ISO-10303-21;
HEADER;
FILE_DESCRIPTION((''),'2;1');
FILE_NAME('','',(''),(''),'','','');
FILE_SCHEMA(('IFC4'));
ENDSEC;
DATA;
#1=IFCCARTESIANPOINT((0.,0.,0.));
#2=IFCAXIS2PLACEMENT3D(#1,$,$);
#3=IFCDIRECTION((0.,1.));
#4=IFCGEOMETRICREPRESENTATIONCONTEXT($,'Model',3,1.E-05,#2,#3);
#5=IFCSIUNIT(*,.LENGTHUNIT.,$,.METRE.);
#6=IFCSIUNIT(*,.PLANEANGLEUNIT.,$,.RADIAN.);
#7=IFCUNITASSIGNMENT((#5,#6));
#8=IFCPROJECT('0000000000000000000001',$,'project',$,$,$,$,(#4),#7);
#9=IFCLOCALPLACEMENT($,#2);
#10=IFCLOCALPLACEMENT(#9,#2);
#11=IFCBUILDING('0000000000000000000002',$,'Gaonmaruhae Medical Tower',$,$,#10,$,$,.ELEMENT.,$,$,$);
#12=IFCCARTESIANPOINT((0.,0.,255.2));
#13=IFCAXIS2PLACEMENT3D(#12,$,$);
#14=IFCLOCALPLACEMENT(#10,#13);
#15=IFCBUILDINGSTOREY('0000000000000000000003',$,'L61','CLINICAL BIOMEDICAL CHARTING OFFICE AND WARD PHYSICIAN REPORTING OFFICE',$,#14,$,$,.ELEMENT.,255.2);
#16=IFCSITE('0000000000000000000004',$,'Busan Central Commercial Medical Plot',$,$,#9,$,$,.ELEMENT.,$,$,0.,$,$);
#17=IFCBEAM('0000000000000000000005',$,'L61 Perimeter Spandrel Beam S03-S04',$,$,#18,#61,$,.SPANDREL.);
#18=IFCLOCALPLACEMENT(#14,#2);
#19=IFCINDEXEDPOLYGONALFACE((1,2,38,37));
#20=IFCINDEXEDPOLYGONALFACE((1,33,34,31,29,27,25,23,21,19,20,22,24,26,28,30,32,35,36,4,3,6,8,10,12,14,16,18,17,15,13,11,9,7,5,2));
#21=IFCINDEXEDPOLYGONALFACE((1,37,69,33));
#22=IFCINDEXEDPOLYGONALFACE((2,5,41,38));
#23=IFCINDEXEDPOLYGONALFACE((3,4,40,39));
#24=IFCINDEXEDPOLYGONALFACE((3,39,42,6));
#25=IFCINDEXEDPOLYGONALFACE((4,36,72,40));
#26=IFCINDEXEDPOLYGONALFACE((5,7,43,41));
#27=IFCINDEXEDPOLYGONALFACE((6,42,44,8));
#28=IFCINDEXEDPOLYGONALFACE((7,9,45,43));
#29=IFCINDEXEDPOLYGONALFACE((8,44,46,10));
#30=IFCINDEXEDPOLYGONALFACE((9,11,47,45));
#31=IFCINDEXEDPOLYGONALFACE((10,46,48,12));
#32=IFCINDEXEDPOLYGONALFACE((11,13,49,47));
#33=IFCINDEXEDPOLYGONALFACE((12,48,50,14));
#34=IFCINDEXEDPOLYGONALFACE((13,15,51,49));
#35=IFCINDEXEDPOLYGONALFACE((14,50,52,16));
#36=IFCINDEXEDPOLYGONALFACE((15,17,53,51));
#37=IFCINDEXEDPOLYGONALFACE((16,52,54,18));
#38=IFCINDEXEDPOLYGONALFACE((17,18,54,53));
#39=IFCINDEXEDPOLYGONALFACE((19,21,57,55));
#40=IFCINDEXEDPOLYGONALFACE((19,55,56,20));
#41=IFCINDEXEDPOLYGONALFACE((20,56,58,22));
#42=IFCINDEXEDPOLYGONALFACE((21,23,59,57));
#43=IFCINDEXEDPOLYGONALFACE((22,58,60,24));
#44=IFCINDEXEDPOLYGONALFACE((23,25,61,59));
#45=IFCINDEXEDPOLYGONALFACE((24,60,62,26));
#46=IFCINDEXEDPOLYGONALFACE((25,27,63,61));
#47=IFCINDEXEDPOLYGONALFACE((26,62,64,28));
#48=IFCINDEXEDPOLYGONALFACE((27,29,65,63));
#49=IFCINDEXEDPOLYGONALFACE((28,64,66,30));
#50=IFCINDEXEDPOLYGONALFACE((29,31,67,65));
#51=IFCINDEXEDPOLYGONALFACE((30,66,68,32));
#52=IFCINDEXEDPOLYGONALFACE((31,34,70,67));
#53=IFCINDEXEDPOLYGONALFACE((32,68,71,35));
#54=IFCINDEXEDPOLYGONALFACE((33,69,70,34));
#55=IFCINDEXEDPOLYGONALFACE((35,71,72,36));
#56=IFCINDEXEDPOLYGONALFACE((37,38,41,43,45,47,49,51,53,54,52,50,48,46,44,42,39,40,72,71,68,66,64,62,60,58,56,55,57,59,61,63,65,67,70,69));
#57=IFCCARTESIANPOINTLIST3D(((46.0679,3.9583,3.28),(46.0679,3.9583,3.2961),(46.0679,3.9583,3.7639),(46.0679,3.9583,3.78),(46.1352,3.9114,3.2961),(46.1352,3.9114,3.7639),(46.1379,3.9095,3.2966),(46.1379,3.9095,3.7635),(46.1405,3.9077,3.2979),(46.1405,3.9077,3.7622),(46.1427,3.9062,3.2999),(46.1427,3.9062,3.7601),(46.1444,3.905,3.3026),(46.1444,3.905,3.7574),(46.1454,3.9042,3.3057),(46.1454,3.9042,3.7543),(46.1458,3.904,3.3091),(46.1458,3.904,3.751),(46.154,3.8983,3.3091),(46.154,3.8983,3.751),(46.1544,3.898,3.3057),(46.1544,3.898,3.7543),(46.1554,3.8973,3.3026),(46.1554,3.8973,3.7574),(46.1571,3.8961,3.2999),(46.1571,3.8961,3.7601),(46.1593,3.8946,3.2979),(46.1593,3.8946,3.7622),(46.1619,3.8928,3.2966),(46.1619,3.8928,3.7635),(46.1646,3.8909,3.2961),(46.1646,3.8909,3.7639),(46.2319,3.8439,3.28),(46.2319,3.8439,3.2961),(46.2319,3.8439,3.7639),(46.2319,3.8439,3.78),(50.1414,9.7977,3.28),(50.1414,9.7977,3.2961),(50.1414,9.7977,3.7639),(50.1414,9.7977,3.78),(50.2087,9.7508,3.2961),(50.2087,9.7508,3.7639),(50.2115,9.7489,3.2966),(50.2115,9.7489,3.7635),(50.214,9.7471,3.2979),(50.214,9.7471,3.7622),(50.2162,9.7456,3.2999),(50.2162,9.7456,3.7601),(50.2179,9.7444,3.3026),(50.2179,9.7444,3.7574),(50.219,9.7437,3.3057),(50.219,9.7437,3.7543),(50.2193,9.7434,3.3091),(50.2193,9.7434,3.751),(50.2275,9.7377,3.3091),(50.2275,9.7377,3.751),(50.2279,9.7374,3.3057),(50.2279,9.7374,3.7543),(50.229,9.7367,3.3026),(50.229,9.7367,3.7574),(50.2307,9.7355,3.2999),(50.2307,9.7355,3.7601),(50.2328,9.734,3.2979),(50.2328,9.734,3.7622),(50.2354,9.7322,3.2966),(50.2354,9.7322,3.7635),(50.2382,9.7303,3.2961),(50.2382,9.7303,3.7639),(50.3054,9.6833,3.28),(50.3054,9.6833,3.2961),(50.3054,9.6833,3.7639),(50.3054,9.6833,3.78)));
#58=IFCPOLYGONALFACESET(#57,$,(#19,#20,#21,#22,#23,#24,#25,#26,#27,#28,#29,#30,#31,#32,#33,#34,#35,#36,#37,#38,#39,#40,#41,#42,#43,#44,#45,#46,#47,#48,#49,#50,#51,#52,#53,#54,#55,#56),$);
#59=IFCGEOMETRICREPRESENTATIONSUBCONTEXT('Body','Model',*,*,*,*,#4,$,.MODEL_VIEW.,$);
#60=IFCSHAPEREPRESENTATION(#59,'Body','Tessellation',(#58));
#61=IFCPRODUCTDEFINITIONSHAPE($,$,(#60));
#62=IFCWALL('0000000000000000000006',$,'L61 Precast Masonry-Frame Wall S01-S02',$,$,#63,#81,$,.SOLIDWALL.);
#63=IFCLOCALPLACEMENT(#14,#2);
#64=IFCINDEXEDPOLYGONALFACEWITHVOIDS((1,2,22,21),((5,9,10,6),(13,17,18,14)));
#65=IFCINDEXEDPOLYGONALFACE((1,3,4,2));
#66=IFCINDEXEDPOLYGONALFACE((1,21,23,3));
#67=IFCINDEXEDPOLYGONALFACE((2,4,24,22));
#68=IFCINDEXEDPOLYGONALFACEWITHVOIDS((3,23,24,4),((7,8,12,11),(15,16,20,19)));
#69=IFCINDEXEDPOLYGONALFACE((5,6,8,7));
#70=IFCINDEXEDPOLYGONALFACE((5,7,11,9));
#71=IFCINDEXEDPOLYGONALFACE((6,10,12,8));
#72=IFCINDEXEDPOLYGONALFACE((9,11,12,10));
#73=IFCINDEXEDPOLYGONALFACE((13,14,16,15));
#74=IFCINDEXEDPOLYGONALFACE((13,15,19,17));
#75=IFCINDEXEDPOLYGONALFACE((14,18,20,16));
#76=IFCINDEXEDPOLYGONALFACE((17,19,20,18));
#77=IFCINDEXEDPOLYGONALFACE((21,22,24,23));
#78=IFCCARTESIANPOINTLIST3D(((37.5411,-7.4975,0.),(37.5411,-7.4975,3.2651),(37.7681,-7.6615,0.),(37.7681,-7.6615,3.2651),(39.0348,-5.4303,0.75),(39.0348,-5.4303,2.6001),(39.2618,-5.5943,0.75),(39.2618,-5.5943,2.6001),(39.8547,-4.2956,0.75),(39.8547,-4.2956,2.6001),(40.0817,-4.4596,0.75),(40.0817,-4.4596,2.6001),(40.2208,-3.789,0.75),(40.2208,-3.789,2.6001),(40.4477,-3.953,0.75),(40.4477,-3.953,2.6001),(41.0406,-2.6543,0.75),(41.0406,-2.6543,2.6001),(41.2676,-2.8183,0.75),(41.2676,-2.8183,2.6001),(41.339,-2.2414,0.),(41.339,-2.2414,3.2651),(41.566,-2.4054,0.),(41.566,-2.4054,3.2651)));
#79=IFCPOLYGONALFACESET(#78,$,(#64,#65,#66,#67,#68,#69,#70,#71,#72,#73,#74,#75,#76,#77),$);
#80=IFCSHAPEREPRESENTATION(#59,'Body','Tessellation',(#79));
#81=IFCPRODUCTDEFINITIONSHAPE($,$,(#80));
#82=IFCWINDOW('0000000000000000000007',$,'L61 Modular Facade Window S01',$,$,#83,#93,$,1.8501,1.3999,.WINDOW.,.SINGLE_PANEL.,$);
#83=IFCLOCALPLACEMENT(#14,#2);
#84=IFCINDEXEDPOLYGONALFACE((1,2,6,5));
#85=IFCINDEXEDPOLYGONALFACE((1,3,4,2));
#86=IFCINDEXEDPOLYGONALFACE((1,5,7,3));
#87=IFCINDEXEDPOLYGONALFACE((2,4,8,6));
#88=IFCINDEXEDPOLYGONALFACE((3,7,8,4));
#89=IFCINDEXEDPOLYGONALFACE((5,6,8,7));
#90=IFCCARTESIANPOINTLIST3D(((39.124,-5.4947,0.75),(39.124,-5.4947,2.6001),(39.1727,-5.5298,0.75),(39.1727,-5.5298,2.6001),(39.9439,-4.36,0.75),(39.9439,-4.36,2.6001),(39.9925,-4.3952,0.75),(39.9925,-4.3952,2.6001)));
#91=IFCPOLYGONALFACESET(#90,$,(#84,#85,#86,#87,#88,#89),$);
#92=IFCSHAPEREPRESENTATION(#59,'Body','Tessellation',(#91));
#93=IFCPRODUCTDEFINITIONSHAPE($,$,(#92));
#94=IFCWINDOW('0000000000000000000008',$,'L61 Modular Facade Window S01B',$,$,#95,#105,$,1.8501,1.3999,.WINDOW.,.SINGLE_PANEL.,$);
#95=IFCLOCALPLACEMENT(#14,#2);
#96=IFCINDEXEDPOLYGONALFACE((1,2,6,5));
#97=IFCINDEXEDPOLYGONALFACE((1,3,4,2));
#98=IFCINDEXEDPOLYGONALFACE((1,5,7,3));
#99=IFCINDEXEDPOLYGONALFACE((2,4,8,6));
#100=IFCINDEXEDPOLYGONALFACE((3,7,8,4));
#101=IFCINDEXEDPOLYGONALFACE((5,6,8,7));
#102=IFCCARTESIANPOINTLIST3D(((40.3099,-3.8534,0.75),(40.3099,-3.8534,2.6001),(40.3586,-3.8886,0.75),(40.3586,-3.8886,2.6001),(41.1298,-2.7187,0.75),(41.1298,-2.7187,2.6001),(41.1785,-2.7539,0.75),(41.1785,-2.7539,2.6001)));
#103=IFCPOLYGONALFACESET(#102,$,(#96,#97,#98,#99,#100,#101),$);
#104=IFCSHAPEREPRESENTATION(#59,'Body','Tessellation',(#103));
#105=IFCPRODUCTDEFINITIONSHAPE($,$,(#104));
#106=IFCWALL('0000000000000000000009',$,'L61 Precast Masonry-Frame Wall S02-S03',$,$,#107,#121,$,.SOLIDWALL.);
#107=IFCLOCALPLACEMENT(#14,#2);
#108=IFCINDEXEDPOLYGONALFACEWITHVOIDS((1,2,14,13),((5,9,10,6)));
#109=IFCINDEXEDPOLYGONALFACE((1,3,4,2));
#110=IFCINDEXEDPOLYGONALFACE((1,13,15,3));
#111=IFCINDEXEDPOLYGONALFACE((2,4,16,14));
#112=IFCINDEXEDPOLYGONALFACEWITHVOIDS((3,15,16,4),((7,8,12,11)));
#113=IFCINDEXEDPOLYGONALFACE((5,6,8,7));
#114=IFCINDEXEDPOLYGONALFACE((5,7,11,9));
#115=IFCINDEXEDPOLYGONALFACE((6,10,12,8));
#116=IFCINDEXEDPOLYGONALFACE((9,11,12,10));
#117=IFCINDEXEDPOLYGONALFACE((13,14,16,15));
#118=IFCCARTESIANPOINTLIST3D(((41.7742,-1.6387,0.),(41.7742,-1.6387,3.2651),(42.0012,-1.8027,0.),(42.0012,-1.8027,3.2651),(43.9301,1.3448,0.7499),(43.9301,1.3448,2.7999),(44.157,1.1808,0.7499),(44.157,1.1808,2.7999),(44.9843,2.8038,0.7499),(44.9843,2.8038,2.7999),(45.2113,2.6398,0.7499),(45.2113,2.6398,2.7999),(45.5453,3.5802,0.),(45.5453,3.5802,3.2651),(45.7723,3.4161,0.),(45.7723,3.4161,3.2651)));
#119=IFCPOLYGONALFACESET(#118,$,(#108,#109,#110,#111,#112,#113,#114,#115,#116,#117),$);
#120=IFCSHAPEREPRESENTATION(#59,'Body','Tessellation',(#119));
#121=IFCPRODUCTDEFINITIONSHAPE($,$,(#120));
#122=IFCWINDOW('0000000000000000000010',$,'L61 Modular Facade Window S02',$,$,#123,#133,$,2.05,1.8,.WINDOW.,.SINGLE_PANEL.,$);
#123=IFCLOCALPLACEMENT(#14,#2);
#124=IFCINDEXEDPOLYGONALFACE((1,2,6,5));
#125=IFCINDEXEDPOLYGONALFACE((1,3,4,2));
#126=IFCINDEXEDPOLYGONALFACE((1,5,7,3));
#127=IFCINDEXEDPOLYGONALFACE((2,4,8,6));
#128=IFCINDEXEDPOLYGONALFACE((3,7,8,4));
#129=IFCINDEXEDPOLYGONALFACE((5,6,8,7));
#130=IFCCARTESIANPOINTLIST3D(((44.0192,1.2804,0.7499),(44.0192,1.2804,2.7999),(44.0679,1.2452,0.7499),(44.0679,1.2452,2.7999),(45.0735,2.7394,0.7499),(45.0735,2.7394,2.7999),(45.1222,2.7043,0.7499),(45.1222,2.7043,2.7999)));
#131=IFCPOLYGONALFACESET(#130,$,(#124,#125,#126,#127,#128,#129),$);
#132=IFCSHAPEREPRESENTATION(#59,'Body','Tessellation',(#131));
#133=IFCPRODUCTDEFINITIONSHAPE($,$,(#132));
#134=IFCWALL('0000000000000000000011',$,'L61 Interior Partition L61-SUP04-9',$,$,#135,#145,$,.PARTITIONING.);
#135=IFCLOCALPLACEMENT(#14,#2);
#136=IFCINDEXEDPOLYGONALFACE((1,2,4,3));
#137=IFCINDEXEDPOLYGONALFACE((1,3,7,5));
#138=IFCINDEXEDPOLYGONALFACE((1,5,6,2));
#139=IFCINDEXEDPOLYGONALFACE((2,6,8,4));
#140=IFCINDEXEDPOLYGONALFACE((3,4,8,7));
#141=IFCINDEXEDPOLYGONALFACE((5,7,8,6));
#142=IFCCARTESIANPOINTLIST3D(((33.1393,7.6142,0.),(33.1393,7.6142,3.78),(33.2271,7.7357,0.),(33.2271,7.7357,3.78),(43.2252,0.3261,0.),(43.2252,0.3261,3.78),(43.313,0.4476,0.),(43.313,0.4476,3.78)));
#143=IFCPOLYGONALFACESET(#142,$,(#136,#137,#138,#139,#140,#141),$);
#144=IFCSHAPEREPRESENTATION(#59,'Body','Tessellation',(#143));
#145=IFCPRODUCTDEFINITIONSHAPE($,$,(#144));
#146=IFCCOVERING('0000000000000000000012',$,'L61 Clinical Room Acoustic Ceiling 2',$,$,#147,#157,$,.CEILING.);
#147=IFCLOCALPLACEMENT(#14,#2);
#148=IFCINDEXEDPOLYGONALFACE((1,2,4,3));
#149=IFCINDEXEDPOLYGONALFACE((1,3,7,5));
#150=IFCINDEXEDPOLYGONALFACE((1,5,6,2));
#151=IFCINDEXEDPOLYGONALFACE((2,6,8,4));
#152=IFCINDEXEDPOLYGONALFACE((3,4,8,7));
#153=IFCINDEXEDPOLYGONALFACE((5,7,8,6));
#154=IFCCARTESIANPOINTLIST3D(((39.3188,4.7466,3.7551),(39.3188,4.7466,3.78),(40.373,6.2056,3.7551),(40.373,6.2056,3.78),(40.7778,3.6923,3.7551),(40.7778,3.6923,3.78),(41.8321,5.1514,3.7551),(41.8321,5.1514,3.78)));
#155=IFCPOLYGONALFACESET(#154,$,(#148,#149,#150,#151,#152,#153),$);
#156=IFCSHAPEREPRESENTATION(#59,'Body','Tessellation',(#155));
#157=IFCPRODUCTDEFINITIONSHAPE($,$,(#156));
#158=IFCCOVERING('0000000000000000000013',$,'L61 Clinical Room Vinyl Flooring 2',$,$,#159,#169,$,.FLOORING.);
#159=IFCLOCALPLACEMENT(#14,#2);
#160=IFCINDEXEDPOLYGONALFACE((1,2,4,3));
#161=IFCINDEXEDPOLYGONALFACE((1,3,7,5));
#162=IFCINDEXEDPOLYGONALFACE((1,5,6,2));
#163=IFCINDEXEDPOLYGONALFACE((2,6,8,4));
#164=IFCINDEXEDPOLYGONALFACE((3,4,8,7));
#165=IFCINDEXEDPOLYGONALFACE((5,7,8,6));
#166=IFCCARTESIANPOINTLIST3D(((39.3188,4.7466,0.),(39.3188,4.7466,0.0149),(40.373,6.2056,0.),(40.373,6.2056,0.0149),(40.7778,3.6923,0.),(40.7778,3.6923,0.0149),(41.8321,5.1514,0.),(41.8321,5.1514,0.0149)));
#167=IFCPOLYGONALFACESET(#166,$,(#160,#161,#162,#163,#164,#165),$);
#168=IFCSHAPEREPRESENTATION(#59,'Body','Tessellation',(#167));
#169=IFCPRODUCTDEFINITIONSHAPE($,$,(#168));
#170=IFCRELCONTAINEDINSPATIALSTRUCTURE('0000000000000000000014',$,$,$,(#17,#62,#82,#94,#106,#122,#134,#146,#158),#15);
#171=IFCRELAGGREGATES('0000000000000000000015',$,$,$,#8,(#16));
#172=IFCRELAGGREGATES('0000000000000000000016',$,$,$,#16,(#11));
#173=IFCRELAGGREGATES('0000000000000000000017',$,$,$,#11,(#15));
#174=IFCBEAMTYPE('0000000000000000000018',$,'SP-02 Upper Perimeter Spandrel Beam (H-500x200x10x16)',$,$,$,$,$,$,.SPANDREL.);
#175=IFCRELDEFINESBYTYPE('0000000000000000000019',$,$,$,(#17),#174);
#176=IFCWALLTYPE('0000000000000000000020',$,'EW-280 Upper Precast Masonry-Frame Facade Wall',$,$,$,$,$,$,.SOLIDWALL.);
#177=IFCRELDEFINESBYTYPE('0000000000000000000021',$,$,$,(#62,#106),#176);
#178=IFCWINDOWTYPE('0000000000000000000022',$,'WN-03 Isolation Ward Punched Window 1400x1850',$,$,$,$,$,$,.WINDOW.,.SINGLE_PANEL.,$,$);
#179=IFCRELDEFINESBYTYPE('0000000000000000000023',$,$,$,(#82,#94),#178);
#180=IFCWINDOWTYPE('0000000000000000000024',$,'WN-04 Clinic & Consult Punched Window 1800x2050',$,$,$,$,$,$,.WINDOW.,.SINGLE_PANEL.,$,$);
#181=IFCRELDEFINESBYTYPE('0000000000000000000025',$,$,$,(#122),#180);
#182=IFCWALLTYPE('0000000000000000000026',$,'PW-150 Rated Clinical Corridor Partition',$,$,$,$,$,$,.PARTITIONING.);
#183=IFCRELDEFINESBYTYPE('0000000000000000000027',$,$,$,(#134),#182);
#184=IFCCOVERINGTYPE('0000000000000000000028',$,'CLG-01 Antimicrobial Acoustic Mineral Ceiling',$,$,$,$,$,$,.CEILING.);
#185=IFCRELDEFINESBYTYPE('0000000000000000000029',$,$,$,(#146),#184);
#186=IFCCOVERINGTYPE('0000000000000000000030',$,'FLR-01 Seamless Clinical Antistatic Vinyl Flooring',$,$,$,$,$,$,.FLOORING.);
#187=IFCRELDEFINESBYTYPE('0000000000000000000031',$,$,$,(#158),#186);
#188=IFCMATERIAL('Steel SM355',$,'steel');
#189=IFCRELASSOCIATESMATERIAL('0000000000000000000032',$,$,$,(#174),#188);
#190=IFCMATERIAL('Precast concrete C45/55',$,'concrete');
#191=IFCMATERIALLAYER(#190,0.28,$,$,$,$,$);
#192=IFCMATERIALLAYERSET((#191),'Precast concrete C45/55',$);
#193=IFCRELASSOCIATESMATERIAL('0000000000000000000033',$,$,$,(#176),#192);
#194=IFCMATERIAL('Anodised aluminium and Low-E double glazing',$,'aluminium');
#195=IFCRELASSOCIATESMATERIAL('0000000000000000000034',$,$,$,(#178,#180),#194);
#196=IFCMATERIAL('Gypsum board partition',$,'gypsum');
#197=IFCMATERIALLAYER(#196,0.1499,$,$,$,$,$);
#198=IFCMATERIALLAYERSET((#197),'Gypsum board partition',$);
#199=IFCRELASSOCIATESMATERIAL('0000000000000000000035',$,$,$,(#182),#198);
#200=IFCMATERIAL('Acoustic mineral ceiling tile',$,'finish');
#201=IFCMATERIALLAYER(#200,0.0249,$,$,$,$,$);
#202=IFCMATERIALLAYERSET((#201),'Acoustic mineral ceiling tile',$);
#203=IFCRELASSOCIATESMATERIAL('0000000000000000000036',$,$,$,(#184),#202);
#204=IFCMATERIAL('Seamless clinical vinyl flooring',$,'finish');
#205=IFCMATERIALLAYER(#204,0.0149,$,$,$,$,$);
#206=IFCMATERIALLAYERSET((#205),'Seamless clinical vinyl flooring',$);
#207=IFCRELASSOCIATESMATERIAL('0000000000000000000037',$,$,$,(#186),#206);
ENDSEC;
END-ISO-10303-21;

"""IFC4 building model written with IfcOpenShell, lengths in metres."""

from ifc_helpers import new_model, si_unit, direction, frame, frame_2d, origin, origin_2d, place, context, subcontext, project, spatial, rectangle, i_section, extrude, material, layer, layer_set, material_profile, profile_set, type_object, element, fill, save


model = new_model("IFC4")

# Units and contexts
model_context = context("Model", 3, precision=1e-05, world=origin(), true_north=direction((0.0, 1.0)))
body_context = subcontext(model_context, "Body", "Model", "MODEL_VIEW")
ifc_project = project(units=[si_unit("LENGTHUNIT", "METRE"), si_unit("PLANEANGLEUNIT", "RADIAN")], contexts=[model_context])

# Site, building, storey
site_placement = place(None, origin())
site = spatial("IfcSite", under=ifc_project, at=site_placement, Name="Busan Central Commercial Medical Plot", CompositionType="ELEMENT", RefElevation=0.0)
building_placement = place(site_placement, origin())
building = spatial("IfcBuilding", under=site, at=building_placement, Name="Gaonmaruhae Medical Tower", CompositionType="ELEMENT")
storey_placement = place(building_placement, frame((0.0, 0.0, 255.2)))
storey = spatial("IfcBuildingStorey", under=building, at=storey_placement, Name="L61", Description="CLINICAL BIOMEDICAL CHARTING OFFICE AND WARD PHYSICIAN REPORTING OFFICE", CompositionType="ELEMENT", Elevation=255.2)

# Beam
ifc_material_1 = material(Name="Steel SM355", Category="steel")
ifc_material_profile_1 = material_profile(ifc_material_1, i_section(OverallWidth=0.2, OverallDepth=0.5, WebThickness=0.01, FlangeThickness=0.0161, FilletRadius=0.0129, at=origin_2d()), Name="H-500x200x10x16")
ifc_profile_set_1 = profile_set([ifc_material_profile_1], Name="Steel SM355")
beam_type_1 = type_object("IfcBeamType", Name="SP-02 Upper Perimeter Spandrel Beam (H-500x200x10x16)", PredefinedType="SPANDREL", material=ifc_profile_set_1)
beam_1_placement = place(storey_placement, frame((46.1499, 3.9011, 3.53), z_axis=(0.572136, 0.820159, 0.0), x_axis=(-0.820159, 0.572136, 0.0)))
element("IfcBeam", 1, at=beam_1_placement, inside=storey, type_object=beam_type_1, Name="L61 Perimeter Spandrel Beam S03-S04", PredefinedType="SPANDREL", context=body_context, shape_type="SweptSolid", body=[
    extrude(i_section(OverallWidth=0.2, OverallDepth=0.5, WebThickness=0.01, FlangeThickness=0.0161, FilletRadius=0.0129, at=origin_2d()), origin(), (0.0, 0.0, 1.0), 7.1199),
])

# Wall, openings, windows
ifc_material_2 = material(Name="Precast concrete C45/55", Category="concrete")
ifc_layer_1 = layer(ifc_material_2, 0.28)
ifc_layer_set_1 = layer_set([ifc_layer_1], Name="Precast concrete C45/55")
wall_type_1 = type_object("IfcWallType", Name="EW-280 Upper Precast Masonry-Frame Facade Wall", PredefinedType="SOLIDWALL", material=ifc_layer_set_1)
wall_1_placement = place(storey_placement, frame((41.4524, -2.3235, 0.0), z_axis=(0.0, 0.0, 1.0), x_axis=(-0.585671, -0.810549, 0.0)))
wall_1 = element("IfcWall", 2, at=wall_1_placement, inside=storey, type_object=wall_type_1, Name="L61 Precast Masonry-Frame Wall S01-S02", PredefinedType="SOLIDWALL", context=body_context, shape_type="SweptSolid", body=[
    extrude(rectangle(XDim=6.4846, YDim=0.28, at=frame_2d((3.2422, 0.0))), origin(), (0.0, 0.0, 1.0), 3.2651),
])
opening_1_placement = place(wall_1_placement, frame((2.5342, 0.0, 0.75)))
opening_1 = element("IfcOpeningElement", 3, at=opening_1_placement, cuts=wall_1, PredefinedType="OPENING", context=body_context, shape_type="SweptSolid", body=[
    extrude(rectangle(XDim=1.3999, YDim=1.8501, at=frame_2d((0.7, 0.925))), frame((0.0, 0.1499, 0.0), z_axis=(0.0, -1.0, 0.0), x_axis=(1.0, 0.0, 0.0)), (0.0, 0.0, 1.0), 0.3),
])
opening_2_placement = place(wall_1_placement, frame((0.5093, 0.0, 0.75)))
opening_2 = element("IfcOpeningElement", 4, at=opening_2_placement, cuts=wall_1, PredefinedType="OPENING", context=body_context, shape_type="SweptSolid", body=[
    extrude(rectangle(XDim=1.3999, YDim=1.8501, at=frame_2d((0.7, 0.925))), frame((0.0, 0.1499, 0.0), z_axis=(0.0, -1.0, 0.0), x_axis=(1.0, 0.0, 0.0)), (0.0, 0.0, 1.0), 0.3),
])
ifc_material_3 = material(Name="Anodised aluminium and Low-E double glazing", Category="aluminium")
window_type_1 = type_object("IfcWindowType", Name="WN-03 Isolation Ward Punched Window 1400x1850", PartitioningType="SINGLE_PANEL", PredefinedType="WINDOW", material=ifc_material_3)
window_1_placement = place(opening_1_placement, origin())
window_1 = element("IfcWindow", 5, at=window_1_placement, inside=storey, type_object=window_type_1, Name="L61 Modular Facade Window S01", OverallHeight=1.8501, OverallWidth=1.3999, PartitioningType="SINGLE_PANEL", PredefinedType="WINDOW", context=body_context, shape_type="SweptSolid", body=[
    extrude(rectangle(XDim=1.3999, YDim=1.8501, at=frame_2d((0.7, 0.925))), frame((0.0, 0.03, 0.0), z_axis=(0.0, -1.0, 0.0), x_axis=(1.0, 0.0, 0.0)), (0.0, 0.0, 1.0), 0.0601),
])
fill(opening_1, window_1)
window_2_placement = place(opening_2_placement, origin())
window_2 = element("IfcWindow", 6, at=window_2_placement, inside=storey, type_object=window_type_1, Name="L61 Modular Facade Window S01B", OverallHeight=1.8501, OverallWidth=1.3999, PartitioningType="SINGLE_PANEL", PredefinedType="WINDOW", context=body_context, shape_type="SweptSolid", body=[
    extrude(rectangle(XDim=1.3999, YDim=1.8501, at=frame_2d((0.7, 0.925))), frame((0.0, 0.03, 0.0), z_axis=(0.0, -1.0, 0.0), x_axis=(1.0, 0.0, 0.0)), (0.0, 0.0, 1.0), 0.0601),
])
fill(opening_2, window_2)

# Wall, opening, window
wall_2_placement = place(storey_placement, frame((45.6587, 3.498, 0.0), z_axis=(0.0, 0.0, 1.0), x_axis=(-0.585684, -0.810539, 0.0)))
wall_2 = element("IfcWall", 7, at=wall_2_placement, inside=storey, type_object=wall_type_1, Name="L61 Precast Masonry-Frame Wall S02-S03", PredefinedType="SOLIDWALL", context=body_context, shape_type="SweptSolid", body=[
    extrude(rectangle(XDim=6.4387, YDim=0.28, at=frame_2d((3.2192, 0.0))), origin(), (0.0, 0.0, 1.0), 3.2651),
])
opening_3_placement = place(wall_2_placement, frame((0.9578, 0.0, 0.75)))
opening_3 = element("IfcOpeningElement", 8, at=opening_3_placement, cuts=wall_2, PredefinedType="OPENING", context=body_context, shape_type="SweptSolid", body=[
    extrude(rectangle(XDim=1.8, YDim=2.05, at=frame_2d((0.8999, 1.0249))), frame((0.0, 0.1499, 0.0), z_axis=(0.0, -1.0, 0.0), x_axis=(1.0, 0.0, 0.0)), (0.0, 0.0, 1.0), 0.3),
])
window_type_2 = type_object("IfcWindowType", Name="WN-04 Clinic & Consult Punched Window 1800x2050", PartitioningType="SINGLE_PANEL", PredefinedType="WINDOW", material=ifc_material_3)
window_3_placement = place(opening_3_placement, origin())
window_3 = element("IfcWindow", 9, at=window_3_placement, inside=storey, type_object=window_type_2, Name="L61 Modular Facade Window S02", OverallHeight=2.05, OverallWidth=1.8, PartitioningType="SINGLE_PANEL", PredefinedType="WINDOW", context=body_context, shape_type="SweptSolid", body=[
    extrude(rectangle(XDim=1.8, YDim=2.05, at=frame_2d((0.8999, 1.0249))), frame((0.0, 0.03, 0.0), z_axis=(0.0, -1.0, 0.0), x_axis=(1.0, 0.0, 0.0)), (0.0, 0.0, 1.0), 0.0601),
])
fill(opening_3, window_3)

# Wall
ifc_material_4 = material(Name="Gypsum board partition", Category="gypsum")
ifc_layer_2 = layer(ifc_material_4, 0.1499)
ifc_layer_set_2 = layer_set([ifc_layer_2], Name="Gypsum board partition")
wall_type_2 = type_object("IfcWallType", Name="PW-150 Rated Clinical Corridor Partition", PredefinedType="PARTITIONING", material=ifc_layer_set_2)
wall_3_placement = place(storey_placement, frame((43.269, 0.387, 0.0), z_axis=(0.0, 0.0, 1.0), x_axis=(-0.810534, 0.585691, 0.0)))
element("IfcWall", 10, at=wall_3_placement, inside=storey, type_object=wall_type_2, Name="L61 Interior Partition L61-SUP04-9", PredefinedType="PARTITIONING", context=body_context, shape_type="SweptSolid", body=[
    extrude(rectangle(XDim=12.4436, YDim=0.1499, at=frame_2d((6.2217, 0.0))), origin(), (0.0, 0.0, 1.0), 3.78),
])

# Coverings
ifc_material_5 = material(Name="Acoustic mineral ceiling tile", Category="finish")
ifc_layer_3 = layer(ifc_material_5, 0.0249)
ifc_layer_set_3 = layer_set([ifc_layer_3], Name="Acoustic mineral ceiling tile")
covering_type_1 = type_object("IfcCoveringType", Name="CLG-01 Antimicrobial Acoustic Mineral Ceiling", PredefinedType="CEILING", material=ifc_layer_set_3)
covering_1_placement = place(storey_placement, frame((40.5754, 4.949, 3.7551), z_axis=(0.0, 0.0, 1.0), x_axis=(0.585665, 0.810553, 0.0)))
element("IfcCovering", 11, at=covering_1_placement, inside=storey, type_object=covering_type_1, Name="L61 Clinical Room Acoustic Ceiling 2", PredefinedType="CEILING", context=body_context, shape_type="SweptSolid", body=[
    extrude(rectangle(XDim=1.8, YDim=1.8, at=origin_2d()), origin(), (0.0, 0.0, 1.0), 0.0249),
])
ifc_material_6 = material(Name="Seamless clinical vinyl flooring", Category="finish")
ifc_layer_4 = layer(ifc_material_6, 0.0149)
ifc_layer_set_4 = layer_set([ifc_layer_4], Name="Seamless clinical vinyl flooring")
covering_type_2 = type_object("IfcCoveringType", Name="FLR-01 Seamless Clinical Antistatic Vinyl Flooring", PredefinedType="FLOORING", material=ifc_layer_set_4)
covering_2_placement = place(storey_placement, frame((40.5754, 4.949, 0.0), z_axis=(0.0, 0.0, 1.0), x_axis=(0.585665, 0.810553, 0.0)))
element("IfcCovering", 12, at=covering_2_placement, inside=storey, type_object=covering_type_2, Name="L61 Clinical Room Vinyl Flooring 2", PredefinedType="FLOORING", context=body_context, shape_type="SweptSolid", body=[
    extrude(rectangle(XDim=1.8, YDim=1.8, at=origin_2d()), origin(), (0.0, 0.0, 1.0), 0.0149),
])

save(model, "model.ifc")
